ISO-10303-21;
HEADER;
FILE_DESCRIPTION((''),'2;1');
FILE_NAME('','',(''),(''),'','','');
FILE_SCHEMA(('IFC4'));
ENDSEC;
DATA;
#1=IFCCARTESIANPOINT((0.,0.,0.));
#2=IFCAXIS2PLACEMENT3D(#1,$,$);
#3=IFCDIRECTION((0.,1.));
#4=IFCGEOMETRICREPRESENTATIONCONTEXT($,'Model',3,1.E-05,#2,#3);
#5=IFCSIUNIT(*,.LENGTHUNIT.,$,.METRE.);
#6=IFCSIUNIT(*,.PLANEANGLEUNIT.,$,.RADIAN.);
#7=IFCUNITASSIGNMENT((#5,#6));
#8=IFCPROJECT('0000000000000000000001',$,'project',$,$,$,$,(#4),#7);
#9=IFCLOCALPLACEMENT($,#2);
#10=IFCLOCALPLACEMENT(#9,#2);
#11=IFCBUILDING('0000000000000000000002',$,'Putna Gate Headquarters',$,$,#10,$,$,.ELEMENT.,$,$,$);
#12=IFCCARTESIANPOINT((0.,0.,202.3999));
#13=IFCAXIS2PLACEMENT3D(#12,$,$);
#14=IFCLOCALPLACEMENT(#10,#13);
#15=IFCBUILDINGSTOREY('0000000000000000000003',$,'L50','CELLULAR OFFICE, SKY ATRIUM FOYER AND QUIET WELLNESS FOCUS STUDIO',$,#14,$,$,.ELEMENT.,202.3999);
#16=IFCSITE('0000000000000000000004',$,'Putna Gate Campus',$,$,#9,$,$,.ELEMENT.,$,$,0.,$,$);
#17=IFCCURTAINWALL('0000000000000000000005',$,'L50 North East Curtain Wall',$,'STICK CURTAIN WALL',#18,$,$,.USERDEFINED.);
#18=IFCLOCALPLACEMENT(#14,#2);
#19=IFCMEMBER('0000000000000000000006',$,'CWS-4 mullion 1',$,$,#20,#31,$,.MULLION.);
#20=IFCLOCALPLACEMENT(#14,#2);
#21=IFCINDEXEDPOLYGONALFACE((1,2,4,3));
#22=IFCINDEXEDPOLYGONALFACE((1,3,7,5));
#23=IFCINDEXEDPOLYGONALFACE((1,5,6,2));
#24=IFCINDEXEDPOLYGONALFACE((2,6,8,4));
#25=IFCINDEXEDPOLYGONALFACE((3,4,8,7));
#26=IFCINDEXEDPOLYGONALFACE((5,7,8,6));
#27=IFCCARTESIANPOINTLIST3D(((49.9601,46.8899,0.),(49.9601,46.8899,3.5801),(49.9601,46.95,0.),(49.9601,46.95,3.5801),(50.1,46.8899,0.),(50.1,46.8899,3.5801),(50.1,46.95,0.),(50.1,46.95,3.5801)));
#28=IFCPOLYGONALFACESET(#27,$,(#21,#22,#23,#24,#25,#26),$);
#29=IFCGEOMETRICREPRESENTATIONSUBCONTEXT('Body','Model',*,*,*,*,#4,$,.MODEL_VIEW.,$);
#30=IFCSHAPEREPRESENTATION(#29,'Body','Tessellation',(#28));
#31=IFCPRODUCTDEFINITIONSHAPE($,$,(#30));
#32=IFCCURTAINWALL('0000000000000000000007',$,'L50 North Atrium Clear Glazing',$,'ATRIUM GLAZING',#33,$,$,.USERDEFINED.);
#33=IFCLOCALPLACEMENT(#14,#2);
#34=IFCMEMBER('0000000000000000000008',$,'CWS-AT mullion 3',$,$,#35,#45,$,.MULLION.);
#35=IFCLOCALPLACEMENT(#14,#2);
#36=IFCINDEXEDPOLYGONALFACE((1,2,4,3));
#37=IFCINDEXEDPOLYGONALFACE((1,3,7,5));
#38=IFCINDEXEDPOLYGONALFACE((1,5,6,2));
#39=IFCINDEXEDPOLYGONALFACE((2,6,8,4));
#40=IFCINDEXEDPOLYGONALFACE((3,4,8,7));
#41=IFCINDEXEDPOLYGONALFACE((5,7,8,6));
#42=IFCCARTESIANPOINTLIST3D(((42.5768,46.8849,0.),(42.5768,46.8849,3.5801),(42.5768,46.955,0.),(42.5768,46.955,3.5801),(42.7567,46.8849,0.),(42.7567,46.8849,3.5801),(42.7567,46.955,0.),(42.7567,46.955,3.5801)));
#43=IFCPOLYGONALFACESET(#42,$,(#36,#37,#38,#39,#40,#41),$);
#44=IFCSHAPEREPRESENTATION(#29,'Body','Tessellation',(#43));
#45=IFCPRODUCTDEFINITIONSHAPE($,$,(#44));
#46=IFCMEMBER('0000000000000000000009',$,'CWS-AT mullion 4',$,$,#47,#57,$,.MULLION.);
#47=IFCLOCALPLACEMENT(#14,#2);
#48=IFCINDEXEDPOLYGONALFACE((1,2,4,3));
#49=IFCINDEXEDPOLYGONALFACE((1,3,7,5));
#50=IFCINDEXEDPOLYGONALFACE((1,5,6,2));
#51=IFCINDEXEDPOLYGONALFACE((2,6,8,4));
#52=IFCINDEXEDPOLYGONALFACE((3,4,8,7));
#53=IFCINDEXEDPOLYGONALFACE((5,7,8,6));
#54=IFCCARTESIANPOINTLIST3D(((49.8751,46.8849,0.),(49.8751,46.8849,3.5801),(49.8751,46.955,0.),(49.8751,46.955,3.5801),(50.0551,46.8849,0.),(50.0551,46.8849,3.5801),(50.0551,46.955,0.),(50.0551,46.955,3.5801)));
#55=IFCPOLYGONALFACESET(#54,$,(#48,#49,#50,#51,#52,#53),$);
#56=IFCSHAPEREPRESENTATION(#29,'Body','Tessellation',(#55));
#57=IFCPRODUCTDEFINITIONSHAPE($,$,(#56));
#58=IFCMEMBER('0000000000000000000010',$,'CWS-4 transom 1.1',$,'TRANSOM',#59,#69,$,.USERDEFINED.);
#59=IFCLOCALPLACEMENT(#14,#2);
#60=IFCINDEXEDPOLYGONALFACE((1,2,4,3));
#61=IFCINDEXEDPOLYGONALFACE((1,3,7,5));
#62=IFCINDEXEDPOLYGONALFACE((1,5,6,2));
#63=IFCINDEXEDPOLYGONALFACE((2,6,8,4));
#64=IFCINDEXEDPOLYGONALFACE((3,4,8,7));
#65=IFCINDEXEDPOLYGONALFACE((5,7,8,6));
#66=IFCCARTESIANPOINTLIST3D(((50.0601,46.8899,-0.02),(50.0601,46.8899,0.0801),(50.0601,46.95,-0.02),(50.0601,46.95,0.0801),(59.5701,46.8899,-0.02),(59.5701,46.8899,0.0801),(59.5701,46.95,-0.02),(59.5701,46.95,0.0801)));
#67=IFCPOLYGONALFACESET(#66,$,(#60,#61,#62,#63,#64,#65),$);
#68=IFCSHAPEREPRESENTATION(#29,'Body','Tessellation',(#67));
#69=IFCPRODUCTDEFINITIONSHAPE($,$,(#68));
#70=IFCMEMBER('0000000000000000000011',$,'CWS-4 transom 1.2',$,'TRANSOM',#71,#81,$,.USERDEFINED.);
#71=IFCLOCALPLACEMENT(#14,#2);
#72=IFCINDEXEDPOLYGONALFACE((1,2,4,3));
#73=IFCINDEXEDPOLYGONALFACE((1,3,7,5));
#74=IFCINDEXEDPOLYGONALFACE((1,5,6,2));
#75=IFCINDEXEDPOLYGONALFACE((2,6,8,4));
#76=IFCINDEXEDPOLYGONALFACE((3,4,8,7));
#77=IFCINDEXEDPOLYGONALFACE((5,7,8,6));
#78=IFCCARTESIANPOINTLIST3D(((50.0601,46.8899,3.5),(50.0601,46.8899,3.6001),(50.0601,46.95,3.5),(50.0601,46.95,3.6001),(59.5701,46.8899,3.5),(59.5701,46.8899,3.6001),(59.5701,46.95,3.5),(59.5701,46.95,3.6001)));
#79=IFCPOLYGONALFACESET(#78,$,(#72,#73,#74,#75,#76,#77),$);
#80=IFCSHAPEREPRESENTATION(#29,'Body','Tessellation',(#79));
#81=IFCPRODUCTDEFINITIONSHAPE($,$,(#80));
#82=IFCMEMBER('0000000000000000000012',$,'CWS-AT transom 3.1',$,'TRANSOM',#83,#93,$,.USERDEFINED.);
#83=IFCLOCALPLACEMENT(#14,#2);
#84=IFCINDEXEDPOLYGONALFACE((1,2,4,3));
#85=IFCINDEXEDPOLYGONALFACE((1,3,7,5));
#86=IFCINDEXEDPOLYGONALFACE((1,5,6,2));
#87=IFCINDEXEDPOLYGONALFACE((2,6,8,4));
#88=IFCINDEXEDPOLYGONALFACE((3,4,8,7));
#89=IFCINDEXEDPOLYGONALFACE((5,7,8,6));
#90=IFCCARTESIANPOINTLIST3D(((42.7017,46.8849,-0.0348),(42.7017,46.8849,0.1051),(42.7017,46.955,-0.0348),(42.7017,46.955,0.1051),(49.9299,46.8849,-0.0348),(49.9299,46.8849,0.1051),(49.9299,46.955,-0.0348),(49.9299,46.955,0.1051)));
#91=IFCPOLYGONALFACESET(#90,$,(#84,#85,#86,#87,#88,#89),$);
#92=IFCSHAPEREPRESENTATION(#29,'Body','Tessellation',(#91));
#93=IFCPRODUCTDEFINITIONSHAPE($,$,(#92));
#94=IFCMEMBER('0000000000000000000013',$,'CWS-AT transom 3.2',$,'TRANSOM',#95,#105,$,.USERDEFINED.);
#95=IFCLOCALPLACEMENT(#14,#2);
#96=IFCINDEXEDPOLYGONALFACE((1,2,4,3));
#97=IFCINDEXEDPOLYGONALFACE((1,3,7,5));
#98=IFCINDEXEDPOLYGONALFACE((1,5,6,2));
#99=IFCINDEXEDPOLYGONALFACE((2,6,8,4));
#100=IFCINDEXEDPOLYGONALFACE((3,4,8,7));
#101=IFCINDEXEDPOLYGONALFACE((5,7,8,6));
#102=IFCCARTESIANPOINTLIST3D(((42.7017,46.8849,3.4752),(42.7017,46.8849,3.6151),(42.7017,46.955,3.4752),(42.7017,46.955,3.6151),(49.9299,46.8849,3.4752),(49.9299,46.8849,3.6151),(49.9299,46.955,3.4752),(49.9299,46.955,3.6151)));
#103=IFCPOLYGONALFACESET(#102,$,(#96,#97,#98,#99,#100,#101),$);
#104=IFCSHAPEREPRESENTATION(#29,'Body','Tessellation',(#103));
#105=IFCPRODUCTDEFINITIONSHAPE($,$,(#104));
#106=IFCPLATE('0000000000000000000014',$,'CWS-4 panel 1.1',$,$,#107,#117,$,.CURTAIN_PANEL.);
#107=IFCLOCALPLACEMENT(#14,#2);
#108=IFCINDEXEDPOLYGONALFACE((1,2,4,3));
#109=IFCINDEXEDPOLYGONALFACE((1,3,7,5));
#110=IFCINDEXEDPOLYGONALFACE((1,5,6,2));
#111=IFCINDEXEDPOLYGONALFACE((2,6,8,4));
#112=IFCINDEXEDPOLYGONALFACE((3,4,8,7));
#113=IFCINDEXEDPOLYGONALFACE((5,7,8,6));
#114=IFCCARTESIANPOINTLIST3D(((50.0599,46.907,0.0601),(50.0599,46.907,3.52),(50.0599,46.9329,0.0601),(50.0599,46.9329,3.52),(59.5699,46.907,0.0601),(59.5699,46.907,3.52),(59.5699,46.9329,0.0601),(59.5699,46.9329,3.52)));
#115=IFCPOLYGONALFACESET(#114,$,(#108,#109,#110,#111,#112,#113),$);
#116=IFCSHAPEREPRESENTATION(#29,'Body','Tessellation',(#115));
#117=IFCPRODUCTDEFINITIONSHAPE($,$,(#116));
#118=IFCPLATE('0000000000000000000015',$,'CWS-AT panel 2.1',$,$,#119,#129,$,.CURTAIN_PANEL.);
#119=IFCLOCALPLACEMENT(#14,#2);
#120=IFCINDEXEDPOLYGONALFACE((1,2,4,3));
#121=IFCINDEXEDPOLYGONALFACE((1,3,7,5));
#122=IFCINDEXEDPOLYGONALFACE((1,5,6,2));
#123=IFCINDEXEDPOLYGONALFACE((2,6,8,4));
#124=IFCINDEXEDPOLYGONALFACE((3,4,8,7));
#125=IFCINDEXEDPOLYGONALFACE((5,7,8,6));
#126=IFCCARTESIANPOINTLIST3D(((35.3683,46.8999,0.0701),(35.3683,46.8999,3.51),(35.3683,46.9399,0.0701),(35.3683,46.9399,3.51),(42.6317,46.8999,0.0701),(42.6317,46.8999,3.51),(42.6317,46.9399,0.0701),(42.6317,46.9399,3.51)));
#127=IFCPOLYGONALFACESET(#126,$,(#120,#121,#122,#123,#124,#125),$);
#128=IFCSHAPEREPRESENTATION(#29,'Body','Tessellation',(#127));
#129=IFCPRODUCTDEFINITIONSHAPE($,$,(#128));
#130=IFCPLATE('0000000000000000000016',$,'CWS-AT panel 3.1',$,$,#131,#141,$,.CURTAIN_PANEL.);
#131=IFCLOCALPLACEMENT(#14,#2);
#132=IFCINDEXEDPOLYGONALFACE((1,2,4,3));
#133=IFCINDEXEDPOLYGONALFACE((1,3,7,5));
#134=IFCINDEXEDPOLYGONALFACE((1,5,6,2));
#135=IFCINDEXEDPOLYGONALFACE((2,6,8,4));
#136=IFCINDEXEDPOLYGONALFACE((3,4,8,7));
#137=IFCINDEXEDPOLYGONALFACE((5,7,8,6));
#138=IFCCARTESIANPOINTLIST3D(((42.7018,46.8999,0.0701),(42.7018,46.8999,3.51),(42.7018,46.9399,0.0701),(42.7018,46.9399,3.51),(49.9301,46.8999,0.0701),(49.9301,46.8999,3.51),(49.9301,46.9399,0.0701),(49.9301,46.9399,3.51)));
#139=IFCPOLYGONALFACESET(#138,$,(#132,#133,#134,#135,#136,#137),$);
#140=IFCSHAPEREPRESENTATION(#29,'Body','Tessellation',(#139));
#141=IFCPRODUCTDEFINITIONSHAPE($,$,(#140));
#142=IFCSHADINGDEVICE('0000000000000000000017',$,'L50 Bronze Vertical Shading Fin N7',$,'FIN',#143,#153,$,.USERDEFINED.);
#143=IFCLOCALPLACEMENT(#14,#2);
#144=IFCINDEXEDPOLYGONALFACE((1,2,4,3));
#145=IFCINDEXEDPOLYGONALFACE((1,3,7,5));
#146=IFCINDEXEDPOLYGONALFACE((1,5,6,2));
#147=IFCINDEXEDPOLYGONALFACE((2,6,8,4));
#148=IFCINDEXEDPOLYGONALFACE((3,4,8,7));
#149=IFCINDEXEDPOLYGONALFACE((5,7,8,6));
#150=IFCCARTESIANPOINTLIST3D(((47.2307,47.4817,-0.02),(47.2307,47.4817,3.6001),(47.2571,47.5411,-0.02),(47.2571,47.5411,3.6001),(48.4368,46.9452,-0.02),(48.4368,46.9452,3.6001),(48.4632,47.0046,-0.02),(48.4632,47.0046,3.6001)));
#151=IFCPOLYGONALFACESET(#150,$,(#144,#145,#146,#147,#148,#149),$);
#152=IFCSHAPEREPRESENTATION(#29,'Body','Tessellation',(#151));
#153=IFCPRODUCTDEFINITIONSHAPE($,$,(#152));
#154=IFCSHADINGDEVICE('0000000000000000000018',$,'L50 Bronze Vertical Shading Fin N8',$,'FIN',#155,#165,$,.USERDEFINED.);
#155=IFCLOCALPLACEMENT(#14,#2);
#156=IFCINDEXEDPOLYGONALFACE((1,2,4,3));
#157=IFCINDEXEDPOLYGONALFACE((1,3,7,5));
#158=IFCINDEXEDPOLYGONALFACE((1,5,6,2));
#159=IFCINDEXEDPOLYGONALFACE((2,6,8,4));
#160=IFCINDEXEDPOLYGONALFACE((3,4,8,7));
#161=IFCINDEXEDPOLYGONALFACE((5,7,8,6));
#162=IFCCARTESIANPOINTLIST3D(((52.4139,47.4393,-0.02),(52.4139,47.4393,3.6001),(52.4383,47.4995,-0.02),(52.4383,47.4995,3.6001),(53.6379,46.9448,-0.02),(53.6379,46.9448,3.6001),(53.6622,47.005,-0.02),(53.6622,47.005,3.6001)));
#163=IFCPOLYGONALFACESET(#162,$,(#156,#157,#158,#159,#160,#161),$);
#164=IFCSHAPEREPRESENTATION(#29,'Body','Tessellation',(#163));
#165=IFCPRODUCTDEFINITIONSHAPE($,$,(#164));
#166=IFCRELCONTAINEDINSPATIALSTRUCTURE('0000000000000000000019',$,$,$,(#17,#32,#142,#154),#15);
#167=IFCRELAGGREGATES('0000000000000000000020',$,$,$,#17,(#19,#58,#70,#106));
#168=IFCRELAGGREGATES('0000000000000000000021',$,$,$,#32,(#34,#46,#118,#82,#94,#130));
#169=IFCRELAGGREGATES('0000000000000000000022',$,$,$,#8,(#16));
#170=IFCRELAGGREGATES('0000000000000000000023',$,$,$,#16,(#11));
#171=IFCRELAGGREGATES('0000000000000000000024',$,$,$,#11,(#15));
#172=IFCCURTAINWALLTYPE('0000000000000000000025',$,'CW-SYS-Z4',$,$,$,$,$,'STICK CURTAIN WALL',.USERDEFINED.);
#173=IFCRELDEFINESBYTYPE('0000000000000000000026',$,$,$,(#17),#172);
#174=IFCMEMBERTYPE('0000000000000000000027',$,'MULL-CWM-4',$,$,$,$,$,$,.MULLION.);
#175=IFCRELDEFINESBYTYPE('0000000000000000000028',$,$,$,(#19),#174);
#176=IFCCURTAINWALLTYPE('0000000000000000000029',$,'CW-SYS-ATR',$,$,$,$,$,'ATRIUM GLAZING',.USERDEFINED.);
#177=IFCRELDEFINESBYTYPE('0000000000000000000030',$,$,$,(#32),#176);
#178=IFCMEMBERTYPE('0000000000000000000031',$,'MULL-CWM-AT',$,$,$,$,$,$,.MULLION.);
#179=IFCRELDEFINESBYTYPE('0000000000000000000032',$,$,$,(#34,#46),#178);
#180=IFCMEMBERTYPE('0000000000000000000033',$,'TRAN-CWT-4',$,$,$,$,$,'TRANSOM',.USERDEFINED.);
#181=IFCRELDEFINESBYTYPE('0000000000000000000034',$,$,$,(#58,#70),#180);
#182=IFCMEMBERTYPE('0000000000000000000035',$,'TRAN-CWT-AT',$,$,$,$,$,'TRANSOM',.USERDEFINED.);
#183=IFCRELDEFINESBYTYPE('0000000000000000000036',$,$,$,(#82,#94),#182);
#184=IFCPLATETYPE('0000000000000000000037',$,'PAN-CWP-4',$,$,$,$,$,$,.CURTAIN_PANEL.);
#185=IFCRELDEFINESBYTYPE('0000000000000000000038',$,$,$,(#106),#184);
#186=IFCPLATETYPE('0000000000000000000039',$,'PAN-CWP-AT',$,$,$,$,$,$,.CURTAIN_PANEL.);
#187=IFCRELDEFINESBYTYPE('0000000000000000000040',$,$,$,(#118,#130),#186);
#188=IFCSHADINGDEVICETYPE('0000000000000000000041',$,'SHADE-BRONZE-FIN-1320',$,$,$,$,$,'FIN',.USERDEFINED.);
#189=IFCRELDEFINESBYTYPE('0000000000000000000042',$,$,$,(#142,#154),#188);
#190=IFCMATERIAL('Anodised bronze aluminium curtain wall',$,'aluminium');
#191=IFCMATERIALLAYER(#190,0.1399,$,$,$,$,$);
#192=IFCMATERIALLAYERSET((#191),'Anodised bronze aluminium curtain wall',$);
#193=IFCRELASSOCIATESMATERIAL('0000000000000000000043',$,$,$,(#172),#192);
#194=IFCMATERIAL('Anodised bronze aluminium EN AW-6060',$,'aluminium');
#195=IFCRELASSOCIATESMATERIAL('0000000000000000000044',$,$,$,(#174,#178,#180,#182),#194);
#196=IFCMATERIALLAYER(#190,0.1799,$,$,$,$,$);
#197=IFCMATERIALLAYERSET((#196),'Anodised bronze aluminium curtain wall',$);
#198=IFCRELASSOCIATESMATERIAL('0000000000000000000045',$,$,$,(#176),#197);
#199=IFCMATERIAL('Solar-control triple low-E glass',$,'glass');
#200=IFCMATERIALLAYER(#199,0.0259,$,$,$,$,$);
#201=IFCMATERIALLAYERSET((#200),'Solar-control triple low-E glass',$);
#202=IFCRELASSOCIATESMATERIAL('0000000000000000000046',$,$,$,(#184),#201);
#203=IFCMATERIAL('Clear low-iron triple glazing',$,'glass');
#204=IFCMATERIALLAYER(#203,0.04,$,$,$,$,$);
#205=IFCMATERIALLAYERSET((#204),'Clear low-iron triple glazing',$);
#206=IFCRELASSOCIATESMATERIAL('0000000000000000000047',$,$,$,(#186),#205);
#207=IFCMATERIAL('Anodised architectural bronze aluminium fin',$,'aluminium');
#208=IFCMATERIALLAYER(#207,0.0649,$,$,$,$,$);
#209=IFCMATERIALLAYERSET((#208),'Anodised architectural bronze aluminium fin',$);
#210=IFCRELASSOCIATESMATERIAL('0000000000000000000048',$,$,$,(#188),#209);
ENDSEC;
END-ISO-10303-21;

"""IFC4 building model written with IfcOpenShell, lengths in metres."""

from ifc_helpers import new_model, si_unit, direction, frame, origin, origin_2d, place, context, subcontext, project, spatial, rectangle, extrude, material, layer, layer_set, material_profile, profile_set, type_object, element, aggregate, save


model = new_model("IFC4")

# Units and contexts
model_context = context("Model", 3, precision=1e-05, world=origin(), true_north=direction((0.0, 1.0)))
body_context = subcontext(model_context, "Body", "Model", "MODEL_VIEW")
ifc_project = project(units=[si_unit("LENGTHUNIT", "METRE"), si_unit("PLANEANGLEUNIT", "RADIAN")], contexts=[model_context])

# Site, building, storey
site_placement = place(None, origin())
site = spatial("IfcSite", under=ifc_project, at=site_placement, Name="Putna Gate Campus", CompositionType="ELEMENT", RefElevation=0.0)
building_placement = place(site_placement, origin())
building = spatial("IfcBuilding", under=site, at=building_placement, Name="Putna Gate Headquarters", CompositionType="ELEMENT")
storey_placement = place(building_placement, frame((0.0, 0.0, 202.3999)))
storey = spatial("IfcBuildingStorey", under=building, at=storey_placement, Name="L50", Description="CELLULAR OFFICE, SKY ATRIUM FOYER AND QUIET WELLNESS FOCUS STUDIO", CompositionType="ELEMENT", Elevation=202.3999)

# Curtain wall, member
ifc_material_1 = material(Name="Anodised bronze aluminium curtain wall", Category="aluminium")
ifc_layer_1 = layer(ifc_material_1, 0.1399)
ifc_layer_set_1 = layer_set([ifc_layer_1], Name="Anodised bronze aluminium curtain wall")
curtain_wall_type_1 = type_object("IfcCurtainWallType", Name="CW-SYS-Z4", ElementType="STICK CURTAIN WALL", PredefinedType="USERDEFINED", material=ifc_layer_set_1)
curtain_wall_1_placement = place(storey_placement, origin())
curtain_wall_1 = element("IfcCurtainWall", 1, at=curtain_wall_1_placement, inside=storey, type_object=curtain_wall_type_1, Name="L50 North East Curtain Wall", ObjectType="STICK CURTAIN WALL", PredefinedType="USERDEFINED")
ifc_material_2 = material(Name="Anodised bronze aluminium EN AW-6060", Category="aluminium")
ifc_material_profile_1 = material_profile(ifc_material_2, rectangle(XDim=0.0601, YDim=0.1399, at=origin_2d()), Name="Anodised bronze aluminium EN AW-6060")
ifc_profile_set_1 = profile_set([ifc_material_profile_1], Name="Anodised bronze aluminium EN AW-6060")
member_type_1 = type_object("IfcMemberType", Name="MULL-CWM-4", PredefinedType="MULLION", material=ifc_profile_set_1)
member_1_placement = place(storey_placement, frame((50.03, 46.9199, 0.0), z_axis=(0.0, 0.0, 1.0), x_axis=(0.0, 1.0, 0.0)))
member_1 = element("IfcMember", 2, at=member_1_placement, type_object=member_type_1, Name="CWS-4 mullion 1", PredefinedType="MULLION", context=body_context, shape_type="SweptSolid", body=[
    extrude(rectangle(XDim=0.0601, YDim=0.1399, at=origin_2d()), origin(), (0.0, 0.0, 1.0), 3.5801),
])

# Curtain wall, members
ifc_layer_2 = layer(ifc_material_1, 0.1799)
ifc_layer_set_2 = layer_set([ifc_layer_2], Name="Anodised bronze aluminium curtain wall")
curtain_wall_type_2 = type_object("IfcCurtainWallType", Name="CW-SYS-ATR", ElementType="ATRIUM GLAZING", PredefinedType="USERDEFINED", material=ifc_layer_set_2)
curtain_wall_2_placement = place(storey_placement, origin())
curtain_wall_2 = element("IfcCurtainWall", 3, at=curtain_wall_2_placement, inside=storey, type_object=curtain_wall_type_2, Name="L50 North Atrium Clear Glazing", ObjectType="ATRIUM GLAZING", PredefinedType="USERDEFINED")
ifc_material_profile_2 = material_profile(ifc_material_2, rectangle(XDim=0.0701, YDim=0.1799, at=origin_2d()), Name="Anodised bronze aluminium EN AW-6060")
ifc_profile_set_2 = profile_set([ifc_material_profile_2], Name="Anodised bronze aluminium EN AW-6060")
member_type_2 = type_object("IfcMemberType", Name="MULL-CWM-AT", PredefinedType="MULLION", material=ifc_profile_set_2)
member_2_placement = place(storey_placement, frame((42.6667, 46.9199, 0.0), z_axis=(0.0, 0.0, 1.0), x_axis=(0.0, 1.0, 0.0)))
member_2 = element("IfcMember", 4, at=member_2_placement, type_object=member_type_2, Name="CWS-AT mullion 3", PredefinedType="MULLION", context=body_context, shape_type="SweptSolid", body=[
    extrude(rectangle(XDim=0.0701, YDim=0.1799, at=origin_2d()), origin(), (0.0, 0.0, 1.0), 3.5801),
])
member_3_placement = place(storey_placement, frame((49.9651, 46.9199, 0.0), z_axis=(0.0, 0.0, 1.0), x_axis=(0.0, 1.0, 0.0)))
member_3 = element("IfcMember", 5, at=member_3_placement, type_object=member_type_2, Name="CWS-AT mullion 4", PredefinedType="MULLION", context=body_context, shape_type="SweptSolid", body=[
    extrude(rectangle(XDim=0.0701, YDim=0.1799, at=origin_2d()), origin(), (0.0, 0.0, 1.0), 3.5801),
])

# Members
ifc_material_profile_3 = material_profile(ifc_material_2, rectangle(XDim=0.0601, YDim=0.1001, at=origin_2d()), Name="Anodised bronze aluminium EN AW-6060")
ifc_profile_set_3 = profile_set([ifc_material_profile_3], Name="Anodised bronze aluminium EN AW-6060")
member_type_3 = type_object("IfcMemberType", Name="TRAN-CWT-4", ElementType="TRANSOM", PredefinedType="USERDEFINED", material=ifc_profile_set_3)
member_4_placement = place(storey_placement, frame((50.0601, 46.9199, 0.03), z_axis=(1.0, 0.0, 0.0), x_axis=(0.0, 1.0, 0.0)))
member_4 = element("IfcMember", 6, at=member_4_placement, type_object=member_type_3, Name="CWS-4 transom 1.1", ObjectType="TRANSOM", PredefinedType="USERDEFINED", context=body_context, shape_type="SweptSolid", body=[
    extrude(rectangle(XDim=0.0601, YDim=0.1001, at=origin_2d()), origin(), (0.0, 0.0, 1.0), 9.51),
])
member_5_placement = place(storey_placement, frame((50.0601, 46.9199, 3.55), z_axis=(1.0, 0.0, 0.0), x_axis=(0.0, 1.0, 0.0)))
member_5 = element("IfcMember", 7, at=member_5_placement, type_object=member_type_3, Name="CWS-4 transom 1.2", ObjectType="TRANSOM", PredefinedType="USERDEFINED", context=body_context, shape_type="SweptSolid", body=[
    extrude(rectangle(XDim=0.0601, YDim=0.1001, at=origin_2d()), origin(), (0.0, 0.0, 1.0), 9.51),
])
ifc_material_profile_4 = material_profile(ifc_material_2, rectangle(XDim=0.0701, YDim=0.1399, at=origin_2d()), Name="Anodised bronze aluminium EN AW-6060")
ifc_profile_set_4 = profile_set([ifc_material_profile_4], Name="Anodised bronze aluminium EN AW-6060")
member_type_4 = type_object("IfcMemberType", Name="TRAN-CWT-AT", ElementType="TRANSOM", PredefinedType="USERDEFINED", material=ifc_profile_set_4)
member_6_placement = place(storey_placement, frame((42.7017, 46.9199, 0.0352), z_axis=(1.0, 0.0, 0.0), x_axis=(0.0, 1.0, 0.0)))
member_6 = element("IfcMember", 8, at=member_6_placement, type_object=member_type_4, Name="CWS-AT transom 3.1", ObjectType="TRANSOM", PredefinedType="USERDEFINED", context=body_context, shape_type="SweptSolid", body=[
    extrude(rectangle(XDim=0.0701, YDim=0.1399, at=origin_2d()), origin(), (0.0, 0.0, 1.0), 7.2283),
])
member_7_placement = place(storey_placement, frame((42.7017, 46.9199, 3.5452), z_axis=(1.0, 0.0, 0.0), x_axis=(0.0, 1.0, 0.0)))
member_7 = element("IfcMember", 9, at=member_7_placement, type_object=member_type_4, Name="CWS-AT transom 3.2", ObjectType="TRANSOM", PredefinedType="USERDEFINED", context=body_context, shape_type="SweptSolid", body=[
    extrude(rectangle(XDim=0.0701, YDim=0.1399, at=origin_2d()), origin(), (0.0, 0.0, 1.0), 7.2283),
])

# Plates
ifc_material_3 = material(Name="Solar-control triple low-E glass", Category="glass")
ifc_layer_3 = layer(ifc_material_3, 0.0259)
ifc_layer_set_3 = layer_set([ifc_layer_3], Name="Solar-control triple low-E glass")
plate_type_1 = type_object("IfcPlateType", Name="PAN-CWP-4", PredefinedType="CURTAIN_PANEL", material=ifc_layer_set_3)
plate_1_placement = place(storey_placement, frame((54.8149, 46.9199, 0.0601), z_axis=(0.0, 0.0, 1.0), x_axis=(1.0, 0.0, 0.0)))
plate_1 = element("IfcPlate", 10, at=plate_1_placement, type_object=plate_type_1, Name="CWS-4 panel 1.1", PredefinedType="CURTAIN_PANEL", context=body_context, shape_type="SweptSolid", body=[
    extrude(rectangle(XDim=9.51, YDim=0.0259, at=origin_2d()), origin(), (0.0, 0.0, 1.0), 3.46),
])
aggregate(curtain_wall_1, [member_1, member_4, member_5, plate_1])
ifc_material_4 = material(Name="Clear low-iron triple glazing", Category="glass")
ifc_layer_4 = layer(ifc_material_4, 0.04)
ifc_layer_set_4 = layer_set([ifc_layer_4], Name="Clear low-iron triple glazing")
plate_type_2 = type_object("IfcPlateType", Name="PAN-CWP-AT", PredefinedType="CURTAIN_PANEL", material=ifc_layer_set_4)
plate_2_placement = place(storey_placement, frame((39.0, 46.9199, 0.0701), z_axis=(0.0, 0.0, 1.0), x_axis=(1.0, 0.0, 0.0)))
plate_2 = element("IfcPlate", 11, at=plate_2_placement, type_object=plate_type_2, Name="CWS-AT panel 2.1", PredefinedType="CURTAIN_PANEL", context=body_context, shape_type="SweptSolid", body=[
    extrude(rectangle(XDim=7.2634, YDim=0.04, at=origin_2d()), origin(), (0.0, 0.0, 1.0), 3.4399),
])
plate_3_placement = place(storey_placement, frame((46.3159, 46.9199, 0.0701), z_axis=(0.0, 0.0, 1.0), x_axis=(1.0, 0.0, 0.0)))
plate_3 = element("IfcPlate", 12, at=plate_3_placement, type_object=plate_type_2, Name="CWS-AT panel 3.1", PredefinedType="CURTAIN_PANEL", context=body_context, shape_type="SweptSolid", body=[
    extrude(rectangle(XDim=7.2283, YDim=0.04, at=origin_2d()), origin(), (0.0, 0.0, 1.0), 3.4399),
])
aggregate(curtain_wall_2, [member_2, member_3, plate_2, member_6, member_7, plate_3])

# Shading devices
ifc_material_5 = material(Name="Anodised architectural bronze aluminium fin", Category="aluminium")
ifc_layer_5 = layer(ifc_material_5, 0.0649)
ifc_layer_set_5 = layer_set([ifc_layer_5], Name="Anodised architectural bronze aluminium fin")
shading_device_type = type_object("IfcShadingDeviceType", Name="SHADE-BRONZE-FIN-1320", ElementType="FIN", PredefinedType="USERDEFINED", material=ifc_layer_set_5)
for number, where, z_axis, x_axis, name in (
    (13, (47.8469, 47.2432, -0.02), (0.0, 0.0, 1.0), (-0.913687, 0.406418, 0.0), "L50 Bronze Vertical Shading Fin N7"),
    (14, (53.0381, 47.2222, -0.02), (0.0, 0.0, 1.0), (-0.927184, 0.374607, 0.0), "L50 Bronze Vertical Shading Fin N8"),
):
    element("IfcShadingDevice", number, at=place(storey_placement, frame(where, z_axis=z_axis, x_axis=x_axis)), inside=storey, type_object=shading_device_type, Name=name, ObjectType="FIN", PredefinedType="USERDEFINED", context=body_context, shape_type="SweptSolid", body=[
        extrude(rectangle(XDim=1.3201, YDim=0.0649, at=origin_2d()), origin(), (0.0, 0.0, 1.0), 3.6201),
    ])

save(model, "model.ifc")
